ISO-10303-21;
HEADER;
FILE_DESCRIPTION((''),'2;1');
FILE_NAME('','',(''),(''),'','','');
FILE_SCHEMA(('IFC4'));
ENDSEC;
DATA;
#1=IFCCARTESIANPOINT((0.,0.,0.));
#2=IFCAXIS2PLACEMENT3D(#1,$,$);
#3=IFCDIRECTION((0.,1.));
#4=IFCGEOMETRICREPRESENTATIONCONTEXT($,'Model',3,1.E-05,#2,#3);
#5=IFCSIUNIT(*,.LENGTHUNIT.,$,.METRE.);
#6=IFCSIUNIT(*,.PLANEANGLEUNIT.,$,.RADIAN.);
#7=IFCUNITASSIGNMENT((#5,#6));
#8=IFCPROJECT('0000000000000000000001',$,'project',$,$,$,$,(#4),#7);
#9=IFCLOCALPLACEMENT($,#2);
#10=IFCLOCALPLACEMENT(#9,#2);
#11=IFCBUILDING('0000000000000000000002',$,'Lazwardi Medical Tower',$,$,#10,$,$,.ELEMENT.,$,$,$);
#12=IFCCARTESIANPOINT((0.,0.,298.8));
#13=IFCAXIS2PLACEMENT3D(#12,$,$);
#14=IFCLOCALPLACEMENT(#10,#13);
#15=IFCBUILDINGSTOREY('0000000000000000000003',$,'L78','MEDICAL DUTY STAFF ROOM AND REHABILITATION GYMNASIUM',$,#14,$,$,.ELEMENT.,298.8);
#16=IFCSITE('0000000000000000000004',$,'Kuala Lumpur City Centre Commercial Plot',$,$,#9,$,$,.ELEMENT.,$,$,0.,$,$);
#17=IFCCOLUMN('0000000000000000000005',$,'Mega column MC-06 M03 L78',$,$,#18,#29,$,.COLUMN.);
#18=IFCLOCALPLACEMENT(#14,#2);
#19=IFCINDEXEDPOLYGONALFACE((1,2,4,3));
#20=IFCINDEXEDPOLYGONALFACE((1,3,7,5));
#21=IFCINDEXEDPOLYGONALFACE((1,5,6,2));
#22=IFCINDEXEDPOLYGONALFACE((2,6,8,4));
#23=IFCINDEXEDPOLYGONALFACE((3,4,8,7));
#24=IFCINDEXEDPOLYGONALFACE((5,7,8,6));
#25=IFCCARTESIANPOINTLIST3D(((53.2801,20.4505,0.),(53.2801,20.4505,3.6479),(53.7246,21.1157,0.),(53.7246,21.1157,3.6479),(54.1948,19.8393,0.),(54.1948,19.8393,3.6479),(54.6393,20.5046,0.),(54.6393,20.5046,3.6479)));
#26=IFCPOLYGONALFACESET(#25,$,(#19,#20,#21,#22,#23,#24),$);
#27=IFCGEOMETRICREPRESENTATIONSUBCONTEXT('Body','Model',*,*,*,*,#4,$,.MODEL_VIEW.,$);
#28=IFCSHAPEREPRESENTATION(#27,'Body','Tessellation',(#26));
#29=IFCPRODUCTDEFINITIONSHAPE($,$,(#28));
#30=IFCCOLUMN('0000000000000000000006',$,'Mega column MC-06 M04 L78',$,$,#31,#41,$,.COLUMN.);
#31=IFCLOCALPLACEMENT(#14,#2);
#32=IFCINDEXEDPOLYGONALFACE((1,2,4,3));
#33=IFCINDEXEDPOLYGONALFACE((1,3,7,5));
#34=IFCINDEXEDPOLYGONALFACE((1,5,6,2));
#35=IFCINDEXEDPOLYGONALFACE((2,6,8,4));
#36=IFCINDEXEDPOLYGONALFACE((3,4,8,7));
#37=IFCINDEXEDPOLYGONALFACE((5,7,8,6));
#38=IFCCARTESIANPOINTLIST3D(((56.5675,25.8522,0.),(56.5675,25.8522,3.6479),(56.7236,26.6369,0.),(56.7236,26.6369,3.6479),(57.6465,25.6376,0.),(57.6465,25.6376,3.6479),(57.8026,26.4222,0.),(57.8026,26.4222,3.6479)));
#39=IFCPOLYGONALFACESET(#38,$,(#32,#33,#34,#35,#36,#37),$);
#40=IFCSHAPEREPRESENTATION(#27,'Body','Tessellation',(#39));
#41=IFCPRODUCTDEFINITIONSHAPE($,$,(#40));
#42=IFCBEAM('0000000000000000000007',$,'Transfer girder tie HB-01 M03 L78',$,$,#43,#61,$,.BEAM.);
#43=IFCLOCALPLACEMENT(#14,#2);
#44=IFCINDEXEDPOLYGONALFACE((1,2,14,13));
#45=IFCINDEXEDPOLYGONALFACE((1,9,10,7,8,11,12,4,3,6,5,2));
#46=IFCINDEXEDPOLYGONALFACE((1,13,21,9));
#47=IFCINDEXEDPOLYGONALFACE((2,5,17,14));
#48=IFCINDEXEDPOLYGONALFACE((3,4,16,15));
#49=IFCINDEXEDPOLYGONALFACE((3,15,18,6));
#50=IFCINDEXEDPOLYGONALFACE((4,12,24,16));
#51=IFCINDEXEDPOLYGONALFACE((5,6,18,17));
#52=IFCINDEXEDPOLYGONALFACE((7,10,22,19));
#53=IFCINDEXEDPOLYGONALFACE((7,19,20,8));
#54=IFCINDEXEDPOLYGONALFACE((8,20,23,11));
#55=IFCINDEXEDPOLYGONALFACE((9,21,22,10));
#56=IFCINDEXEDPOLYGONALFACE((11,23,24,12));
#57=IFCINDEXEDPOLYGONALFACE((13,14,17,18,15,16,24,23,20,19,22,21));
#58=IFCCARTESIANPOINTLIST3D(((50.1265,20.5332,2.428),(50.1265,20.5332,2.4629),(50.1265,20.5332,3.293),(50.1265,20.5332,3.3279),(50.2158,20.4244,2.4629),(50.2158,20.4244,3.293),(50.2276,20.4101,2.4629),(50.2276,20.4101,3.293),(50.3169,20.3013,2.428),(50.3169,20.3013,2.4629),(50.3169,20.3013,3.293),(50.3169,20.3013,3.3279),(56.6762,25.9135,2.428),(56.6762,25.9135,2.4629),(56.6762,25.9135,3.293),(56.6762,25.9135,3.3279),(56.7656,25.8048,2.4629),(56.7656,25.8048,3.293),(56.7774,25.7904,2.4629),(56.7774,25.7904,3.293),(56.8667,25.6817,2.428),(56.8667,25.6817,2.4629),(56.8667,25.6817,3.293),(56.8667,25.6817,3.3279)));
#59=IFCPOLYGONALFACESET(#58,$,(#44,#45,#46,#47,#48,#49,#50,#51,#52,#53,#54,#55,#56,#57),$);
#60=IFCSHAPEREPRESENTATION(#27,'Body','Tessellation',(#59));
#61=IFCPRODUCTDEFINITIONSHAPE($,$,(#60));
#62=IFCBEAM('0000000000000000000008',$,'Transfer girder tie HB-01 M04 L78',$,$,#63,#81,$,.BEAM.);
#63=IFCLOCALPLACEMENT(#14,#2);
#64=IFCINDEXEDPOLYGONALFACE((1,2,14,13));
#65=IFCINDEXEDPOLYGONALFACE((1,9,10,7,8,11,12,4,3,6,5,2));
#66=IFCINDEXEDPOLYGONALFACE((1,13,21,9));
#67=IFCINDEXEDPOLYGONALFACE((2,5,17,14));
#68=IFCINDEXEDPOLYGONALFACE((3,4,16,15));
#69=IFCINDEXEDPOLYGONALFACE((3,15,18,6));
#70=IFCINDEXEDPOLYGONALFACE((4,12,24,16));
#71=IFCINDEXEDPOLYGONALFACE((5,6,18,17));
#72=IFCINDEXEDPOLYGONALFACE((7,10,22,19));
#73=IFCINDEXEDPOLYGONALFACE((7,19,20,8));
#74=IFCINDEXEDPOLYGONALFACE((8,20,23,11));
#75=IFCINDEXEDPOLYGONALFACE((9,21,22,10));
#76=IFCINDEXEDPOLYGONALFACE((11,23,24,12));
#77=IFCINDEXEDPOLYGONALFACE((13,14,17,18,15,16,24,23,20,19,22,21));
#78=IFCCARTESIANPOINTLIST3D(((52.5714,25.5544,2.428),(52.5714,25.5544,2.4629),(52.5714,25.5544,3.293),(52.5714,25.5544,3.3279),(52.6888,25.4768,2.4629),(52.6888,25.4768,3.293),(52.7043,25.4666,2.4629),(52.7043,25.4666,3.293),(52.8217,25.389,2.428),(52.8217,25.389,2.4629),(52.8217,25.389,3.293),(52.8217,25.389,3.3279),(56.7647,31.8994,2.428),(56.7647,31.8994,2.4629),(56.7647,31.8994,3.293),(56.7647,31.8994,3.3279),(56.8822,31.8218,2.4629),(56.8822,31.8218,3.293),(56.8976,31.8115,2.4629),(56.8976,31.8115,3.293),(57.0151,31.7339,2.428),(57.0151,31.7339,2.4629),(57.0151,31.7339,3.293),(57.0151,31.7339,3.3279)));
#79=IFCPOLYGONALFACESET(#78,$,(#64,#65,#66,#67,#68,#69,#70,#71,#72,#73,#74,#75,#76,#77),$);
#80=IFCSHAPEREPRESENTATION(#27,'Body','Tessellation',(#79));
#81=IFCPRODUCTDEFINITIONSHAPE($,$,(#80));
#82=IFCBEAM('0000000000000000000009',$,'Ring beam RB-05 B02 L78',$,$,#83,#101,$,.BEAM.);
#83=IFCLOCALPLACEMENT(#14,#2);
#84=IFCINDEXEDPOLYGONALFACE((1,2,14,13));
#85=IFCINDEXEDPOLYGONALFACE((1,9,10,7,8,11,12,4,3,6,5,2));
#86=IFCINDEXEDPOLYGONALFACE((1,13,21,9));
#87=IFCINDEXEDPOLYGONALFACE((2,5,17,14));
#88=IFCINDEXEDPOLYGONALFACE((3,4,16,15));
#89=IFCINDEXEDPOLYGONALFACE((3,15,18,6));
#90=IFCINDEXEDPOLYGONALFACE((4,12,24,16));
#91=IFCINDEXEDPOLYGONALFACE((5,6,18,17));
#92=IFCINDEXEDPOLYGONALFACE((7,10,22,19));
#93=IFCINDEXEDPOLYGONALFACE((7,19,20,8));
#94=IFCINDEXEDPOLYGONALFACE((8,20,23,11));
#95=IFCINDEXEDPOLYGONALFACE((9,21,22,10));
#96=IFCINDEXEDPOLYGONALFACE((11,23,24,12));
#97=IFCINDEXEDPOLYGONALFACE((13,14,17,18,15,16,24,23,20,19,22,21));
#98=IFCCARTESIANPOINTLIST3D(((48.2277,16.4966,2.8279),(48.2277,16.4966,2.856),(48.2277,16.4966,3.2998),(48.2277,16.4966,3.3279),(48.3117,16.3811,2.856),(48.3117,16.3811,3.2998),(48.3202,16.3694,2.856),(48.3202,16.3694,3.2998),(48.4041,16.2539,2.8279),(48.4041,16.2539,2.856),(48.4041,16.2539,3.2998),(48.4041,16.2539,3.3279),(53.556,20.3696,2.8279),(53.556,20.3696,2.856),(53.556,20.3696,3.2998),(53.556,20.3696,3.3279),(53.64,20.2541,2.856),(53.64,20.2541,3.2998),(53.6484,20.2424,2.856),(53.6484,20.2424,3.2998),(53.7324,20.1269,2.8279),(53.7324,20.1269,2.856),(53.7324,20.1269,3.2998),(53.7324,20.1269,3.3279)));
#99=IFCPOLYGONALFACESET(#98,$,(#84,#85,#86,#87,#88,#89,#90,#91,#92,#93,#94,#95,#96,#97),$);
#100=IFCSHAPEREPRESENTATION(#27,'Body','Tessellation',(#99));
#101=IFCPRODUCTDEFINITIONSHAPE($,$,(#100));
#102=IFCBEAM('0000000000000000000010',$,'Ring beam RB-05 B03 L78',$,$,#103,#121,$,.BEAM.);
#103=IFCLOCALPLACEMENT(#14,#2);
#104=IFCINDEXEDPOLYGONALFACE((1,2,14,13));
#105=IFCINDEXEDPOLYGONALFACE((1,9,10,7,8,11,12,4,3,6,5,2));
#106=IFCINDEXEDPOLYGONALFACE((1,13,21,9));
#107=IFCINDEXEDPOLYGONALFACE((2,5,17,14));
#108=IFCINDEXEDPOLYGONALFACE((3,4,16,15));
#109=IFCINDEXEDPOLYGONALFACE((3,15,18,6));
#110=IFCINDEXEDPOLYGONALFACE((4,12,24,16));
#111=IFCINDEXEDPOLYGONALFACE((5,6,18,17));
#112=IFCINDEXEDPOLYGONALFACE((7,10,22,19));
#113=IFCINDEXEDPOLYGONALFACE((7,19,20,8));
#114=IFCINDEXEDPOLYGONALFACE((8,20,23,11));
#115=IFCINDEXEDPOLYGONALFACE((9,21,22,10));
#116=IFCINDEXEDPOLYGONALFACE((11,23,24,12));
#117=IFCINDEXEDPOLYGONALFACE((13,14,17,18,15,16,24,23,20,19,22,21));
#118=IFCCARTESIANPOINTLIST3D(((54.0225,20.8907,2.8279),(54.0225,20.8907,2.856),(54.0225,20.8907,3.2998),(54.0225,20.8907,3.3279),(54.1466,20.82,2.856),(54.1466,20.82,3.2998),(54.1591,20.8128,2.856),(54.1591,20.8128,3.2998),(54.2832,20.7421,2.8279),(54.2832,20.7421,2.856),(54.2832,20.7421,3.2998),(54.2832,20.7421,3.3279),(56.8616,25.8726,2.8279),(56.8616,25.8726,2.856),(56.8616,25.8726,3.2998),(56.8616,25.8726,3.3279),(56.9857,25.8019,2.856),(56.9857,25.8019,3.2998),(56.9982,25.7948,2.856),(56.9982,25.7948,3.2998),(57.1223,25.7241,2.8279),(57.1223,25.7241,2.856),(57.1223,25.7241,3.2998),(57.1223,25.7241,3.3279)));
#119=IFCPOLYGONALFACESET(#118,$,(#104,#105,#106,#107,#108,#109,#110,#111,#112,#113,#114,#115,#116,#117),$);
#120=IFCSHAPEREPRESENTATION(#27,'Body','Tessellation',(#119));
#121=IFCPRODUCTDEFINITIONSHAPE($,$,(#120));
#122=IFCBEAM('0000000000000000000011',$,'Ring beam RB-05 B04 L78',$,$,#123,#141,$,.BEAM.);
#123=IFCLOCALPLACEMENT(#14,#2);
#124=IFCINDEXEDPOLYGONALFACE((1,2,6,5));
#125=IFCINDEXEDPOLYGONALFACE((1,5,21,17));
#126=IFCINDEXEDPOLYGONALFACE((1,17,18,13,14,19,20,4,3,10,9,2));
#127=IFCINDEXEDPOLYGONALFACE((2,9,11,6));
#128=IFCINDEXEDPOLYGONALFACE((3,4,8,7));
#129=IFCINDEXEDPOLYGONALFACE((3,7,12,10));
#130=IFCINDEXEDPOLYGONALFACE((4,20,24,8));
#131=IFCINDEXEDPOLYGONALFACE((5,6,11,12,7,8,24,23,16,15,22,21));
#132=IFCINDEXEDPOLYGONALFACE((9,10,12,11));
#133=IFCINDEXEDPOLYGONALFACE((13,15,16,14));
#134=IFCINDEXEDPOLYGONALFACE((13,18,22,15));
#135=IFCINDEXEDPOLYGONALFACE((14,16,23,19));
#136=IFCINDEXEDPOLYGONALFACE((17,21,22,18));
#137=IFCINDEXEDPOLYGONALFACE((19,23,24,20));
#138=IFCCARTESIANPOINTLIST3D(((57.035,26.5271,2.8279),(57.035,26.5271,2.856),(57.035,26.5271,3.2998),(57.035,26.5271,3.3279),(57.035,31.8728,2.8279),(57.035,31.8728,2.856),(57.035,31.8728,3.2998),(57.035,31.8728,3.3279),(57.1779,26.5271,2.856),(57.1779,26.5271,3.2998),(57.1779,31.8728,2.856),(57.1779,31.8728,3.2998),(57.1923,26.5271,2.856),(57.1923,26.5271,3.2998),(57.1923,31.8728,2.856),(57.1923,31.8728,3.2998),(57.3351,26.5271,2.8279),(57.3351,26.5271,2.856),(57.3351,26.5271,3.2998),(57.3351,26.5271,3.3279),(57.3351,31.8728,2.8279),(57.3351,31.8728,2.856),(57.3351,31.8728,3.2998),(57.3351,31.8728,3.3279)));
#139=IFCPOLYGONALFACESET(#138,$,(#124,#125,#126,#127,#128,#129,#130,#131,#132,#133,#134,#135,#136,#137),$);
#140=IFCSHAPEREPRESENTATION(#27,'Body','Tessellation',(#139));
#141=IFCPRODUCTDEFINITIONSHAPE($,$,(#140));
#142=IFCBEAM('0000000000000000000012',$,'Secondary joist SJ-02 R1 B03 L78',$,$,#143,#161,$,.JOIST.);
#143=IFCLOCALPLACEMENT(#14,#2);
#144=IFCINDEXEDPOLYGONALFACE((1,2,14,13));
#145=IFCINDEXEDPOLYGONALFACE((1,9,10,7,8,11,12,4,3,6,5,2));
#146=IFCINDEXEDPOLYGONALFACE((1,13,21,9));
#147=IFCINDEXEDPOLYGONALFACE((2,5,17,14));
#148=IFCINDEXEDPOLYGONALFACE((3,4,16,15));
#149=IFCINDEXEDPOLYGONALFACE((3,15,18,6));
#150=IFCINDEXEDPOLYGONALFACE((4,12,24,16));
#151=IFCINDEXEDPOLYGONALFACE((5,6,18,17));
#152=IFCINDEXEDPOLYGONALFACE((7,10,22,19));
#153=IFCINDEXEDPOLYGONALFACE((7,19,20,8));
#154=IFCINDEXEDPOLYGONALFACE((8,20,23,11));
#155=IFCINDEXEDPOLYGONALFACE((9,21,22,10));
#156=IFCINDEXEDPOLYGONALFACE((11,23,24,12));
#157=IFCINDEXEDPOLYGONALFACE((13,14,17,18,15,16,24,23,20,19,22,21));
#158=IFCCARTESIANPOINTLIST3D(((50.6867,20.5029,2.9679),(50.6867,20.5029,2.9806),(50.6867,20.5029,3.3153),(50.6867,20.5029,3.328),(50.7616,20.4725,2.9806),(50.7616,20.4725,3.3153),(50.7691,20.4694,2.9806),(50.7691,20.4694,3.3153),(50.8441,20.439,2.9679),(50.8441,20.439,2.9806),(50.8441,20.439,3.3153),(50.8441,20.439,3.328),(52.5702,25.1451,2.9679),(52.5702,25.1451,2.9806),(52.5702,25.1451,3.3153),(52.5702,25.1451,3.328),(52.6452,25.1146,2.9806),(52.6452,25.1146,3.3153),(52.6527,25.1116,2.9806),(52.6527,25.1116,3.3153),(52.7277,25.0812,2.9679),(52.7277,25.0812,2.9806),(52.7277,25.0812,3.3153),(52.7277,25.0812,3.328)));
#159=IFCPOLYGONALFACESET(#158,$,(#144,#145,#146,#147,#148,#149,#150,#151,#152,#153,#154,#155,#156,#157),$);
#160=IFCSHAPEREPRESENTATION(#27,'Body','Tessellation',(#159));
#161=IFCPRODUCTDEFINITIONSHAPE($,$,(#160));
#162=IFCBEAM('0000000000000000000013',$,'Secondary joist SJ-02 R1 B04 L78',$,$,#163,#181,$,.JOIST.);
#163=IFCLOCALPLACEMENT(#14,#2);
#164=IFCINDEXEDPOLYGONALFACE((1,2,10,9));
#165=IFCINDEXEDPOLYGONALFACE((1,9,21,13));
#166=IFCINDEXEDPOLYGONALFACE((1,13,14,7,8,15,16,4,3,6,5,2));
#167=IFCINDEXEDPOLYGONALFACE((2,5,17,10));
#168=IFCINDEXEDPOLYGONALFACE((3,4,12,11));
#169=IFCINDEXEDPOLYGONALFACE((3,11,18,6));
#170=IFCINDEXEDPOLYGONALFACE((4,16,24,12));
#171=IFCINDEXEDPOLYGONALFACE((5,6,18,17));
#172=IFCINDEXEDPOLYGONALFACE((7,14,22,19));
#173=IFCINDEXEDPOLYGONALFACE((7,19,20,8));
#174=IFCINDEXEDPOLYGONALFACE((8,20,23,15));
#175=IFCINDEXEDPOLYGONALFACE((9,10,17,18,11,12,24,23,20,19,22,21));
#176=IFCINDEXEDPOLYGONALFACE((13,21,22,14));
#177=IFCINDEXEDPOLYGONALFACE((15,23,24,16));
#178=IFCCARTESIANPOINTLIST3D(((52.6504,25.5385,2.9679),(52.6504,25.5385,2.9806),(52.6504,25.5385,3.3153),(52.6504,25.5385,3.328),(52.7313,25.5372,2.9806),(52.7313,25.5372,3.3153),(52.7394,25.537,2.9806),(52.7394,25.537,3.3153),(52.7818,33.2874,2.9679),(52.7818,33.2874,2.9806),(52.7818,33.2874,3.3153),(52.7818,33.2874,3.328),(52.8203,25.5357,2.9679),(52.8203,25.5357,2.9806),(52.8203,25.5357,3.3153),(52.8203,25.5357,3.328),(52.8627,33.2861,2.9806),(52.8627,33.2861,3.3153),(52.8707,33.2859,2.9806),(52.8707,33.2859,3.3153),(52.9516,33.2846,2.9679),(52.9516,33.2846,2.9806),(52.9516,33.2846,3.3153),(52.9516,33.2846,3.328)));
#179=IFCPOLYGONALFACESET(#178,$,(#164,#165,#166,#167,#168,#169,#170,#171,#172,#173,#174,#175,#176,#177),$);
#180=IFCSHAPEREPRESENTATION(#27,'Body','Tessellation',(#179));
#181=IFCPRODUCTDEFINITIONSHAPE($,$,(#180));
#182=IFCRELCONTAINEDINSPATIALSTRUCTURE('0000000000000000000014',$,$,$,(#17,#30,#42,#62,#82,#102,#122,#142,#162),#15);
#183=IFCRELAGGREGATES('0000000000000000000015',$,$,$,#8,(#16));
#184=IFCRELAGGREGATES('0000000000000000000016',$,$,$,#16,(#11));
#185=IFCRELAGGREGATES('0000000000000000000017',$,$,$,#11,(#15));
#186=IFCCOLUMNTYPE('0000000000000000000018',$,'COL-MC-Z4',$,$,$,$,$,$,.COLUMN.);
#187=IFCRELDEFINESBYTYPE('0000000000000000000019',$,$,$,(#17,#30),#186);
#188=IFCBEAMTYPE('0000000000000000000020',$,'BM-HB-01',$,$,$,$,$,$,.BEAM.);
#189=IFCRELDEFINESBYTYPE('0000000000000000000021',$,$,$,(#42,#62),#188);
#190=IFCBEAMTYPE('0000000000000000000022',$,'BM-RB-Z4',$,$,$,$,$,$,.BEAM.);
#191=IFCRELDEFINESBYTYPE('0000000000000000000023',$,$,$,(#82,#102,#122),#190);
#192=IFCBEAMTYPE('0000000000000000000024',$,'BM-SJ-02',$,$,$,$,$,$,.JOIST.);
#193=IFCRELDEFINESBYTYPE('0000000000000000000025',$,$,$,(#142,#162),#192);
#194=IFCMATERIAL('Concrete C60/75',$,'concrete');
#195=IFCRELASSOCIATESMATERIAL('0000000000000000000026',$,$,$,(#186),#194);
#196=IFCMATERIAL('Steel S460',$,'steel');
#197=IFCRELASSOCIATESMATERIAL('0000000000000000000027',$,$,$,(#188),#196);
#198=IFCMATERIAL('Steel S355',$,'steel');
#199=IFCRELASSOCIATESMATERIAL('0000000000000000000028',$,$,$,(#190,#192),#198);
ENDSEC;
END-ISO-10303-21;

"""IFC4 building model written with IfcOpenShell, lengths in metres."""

from ifc_helpers import new_model, si_unit, direction, frame, origin, origin_2d, place, context, subcontext, project, spatial, rectangle, i_section, extrude, material, material_profile, profile_set, type_object, element, save


model = new_model("IFC4")

# Units and contexts
model_context = context("Model", 3, precision=1e-05, world=origin(), true_north=direction((0.0, 1.0)))
body_context = subcontext(model_context, "Body", "Model", "MODEL_VIEW")
ifc_project = project(units=[si_unit("LENGTHUNIT", "METRE"), si_unit("PLANEANGLEUNIT", "RADIAN")], contexts=[model_context])

# Site, building, storey
site_placement = place(None, origin())
site = spatial("IfcSite", under=ifc_project, at=site_placement, Name="Kuala Lumpur City Centre Commercial Plot", CompositionType="ELEMENT", RefElevation=0.0)
building_placement = place(site_placement, origin())
building = spatial("IfcBuilding", under=site, at=building_placement, Name="Lazwardi Medical Tower", CompositionType="ELEMENT")
storey_placement = place(building_placement, frame((0.0, 0.0, 298.8)))
storey = spatial("IfcBuildingStorey", under=building, at=storey_placement, Name="L78", Description="MEDICAL DUTY STAFF ROOM AND REHABILITATION GYMNASIUM", CompositionType="ELEMENT", Elevation=298.8)

# Columns
ifc_material_1 = material(Name="Concrete C60/75", Category="concrete")
ifc_material_profile_1 = material_profile(ifc_material_1, rectangle(XDim=1.1001, YDim=0.8, at=origin_2d()), Name="CFT-RECT 1100x800")
ifc_profile_set_1 = profile_set([ifc_material_profile_1], Name="Concrete C60/75")
column_type = type_object("IfcColumnType", Name="COL-MC-Z4", PredefinedType="COLUMN", material=ifc_profile_set_1)
for number, where, z_axis, x_axis, name in (
    (1, (53.9597, 20.4775, 0.0), (0.0, 0.0, 1.0), (0.83147, -0.55557, 0.0), "Mega column MC-06 M03 L78"),
    (2, (57.1851, 26.1372, 0.0), (0.0, 0.0, 1.0), (0.980785, -0.19509, 0.0), "Mega column MC-06 M04 L78"),
):
    element("IfcColumn", number, at=place(storey_placement, frame(where, z_axis=z_axis, x_axis=x_axis)), inside=storey, type_object=column_type, Name=name, PredefinedType="COLUMN", context=body_context, shape_type="SweptSolid", body=[
        extrude(rectangle(XDim=1.1001, YDim=0.8, at=origin_2d()), origin(), (0.0, 0.0, 1.0), 3.6479),
    ])

# Beams
ifc_material_2 = material(Name="Steel S460", Category="steel")
ifc_material_profile_2 = material_profile(ifc_material_2, i_section(OverallWidth=0.3, OverallDepth=0.8999, WebThickness=0.0186, FlangeThickness=0.0349, at=origin_2d()), Name="HEB 900")
ifc_profile_set_2 = profile_set([ifc_material_profile_2], Name="Steel S460")
beam_type_1 = type_object("IfcBeamType", Name="BM-HB-01", PredefinedType="BEAM", material=ifc_profile_set_2)
beam_1_placement = place(storey_placement, frame((50.2217, 20.4172, 2.8779), z_axis=(0.772716, 0.634752, 0.0), x_axis=(-0.634752, 0.772716, 0.0)))
element("IfcBeam", 3, at=beam_1_placement, inside=storey, type_object=beam_type_1, Name="Transfer girder tie HB-01 M03 L78", PredefinedType="BEAM", context=body_context, shape_type="SweptSolid", body=[
    extrude(i_section(OverallWidth=0.3, OverallDepth=0.8999, WebThickness=0.0186, FlangeThickness=0.0349, at=origin_2d()), origin(), (0.0, 0.0, 1.0), 8.4763),
])
beam_2_placement = place(storey_placement, frame((52.6965, 25.4717, 2.8779), z_axis=(0.551362, 0.834266, 0.0), x_axis=(-0.834266, 0.551362, 0.0)))
element("IfcBeam", 4, at=beam_2_placement, inside=storey, type_object=beam_type_1, Name="Transfer girder tie HB-01 M04 L78", PredefinedType="BEAM", context=body_context, shape_type="SweptSolid", body=[
    extrude(i_section(OverallWidth=0.3, OverallDepth=0.8999, WebThickness=0.0186, FlangeThickness=0.0349, at=origin_2d()), origin(), (0.0, 0.0, 1.0), 7.6055),
])
ifc_material_3 = material(Name="Steel S355", Category="steel")
ifc_material_profile_3 = material_profile(ifc_material_3, i_section(OverallWidth=0.3, OverallDepth=0.5, WebThickness=0.0144, FlangeThickness=0.0281, at=origin_2d()), Name="HEB 500")
ifc_profile_set_3 = profile_set([ifc_material_profile_3], Name="Steel S355")
beam_type_2 = type_object("IfcBeamType", Name="BM-RB-Z4", PredefinedType="BEAM", material=ifc_profile_set_3)
beam_3_placement = place(storey_placement, frame((48.3159, 16.3752, 3.0779), z_axis=(0.80889, 0.58796, 0.0), x_axis=(-0.58796, 0.80889, 0.0)))
element("IfcBeam", 5, at=beam_3_placement, inside=storey, type_object=beam_type_2, Name="Ring beam RB-05 B02 L78", PredefinedType="BEAM", context=body_context, shape_type="SweptSolid", body=[
    extrude(i_section(OverallWidth=0.3, OverallDepth=0.5, WebThickness=0.0144, FlangeThickness=0.0281, at=origin_2d()), origin(), (0.0, 0.0, 1.0), 6.5872),
])
beam_4_placement = place(storey_placement, frame((54.1528, 20.8164, 3.0779), z_axis=(0.495125, 0.868822, 0.0), x_axis=(-0.868822, 0.495125, 0.0)))
element("IfcBeam", 6, at=beam_4_placement, inside=storey, type_object=beam_type_2, Name="Ring beam RB-05 B03 L78", PredefinedType="BEAM", context=body_context, shape_type="SweptSolid", body=[
    extrude(i_section(OverallWidth=0.3, OverallDepth=0.5, WebThickness=0.0144, FlangeThickness=0.0281, at=origin_2d()), origin(), (0.0, 0.0, 1.0), 5.7341),
])
beam_5_placement = place(storey_placement, frame((57.1851, 26.5271, 3.0779), z_axis=(0.0, 1.0, 0.0), x_axis=(-1.0, 0.0, 0.0)))
element("IfcBeam", 7, at=beam_5_placement, inside=storey, type_object=beam_type_2, Name="Ring beam RB-05 B04 L78", PredefinedType="BEAM", context=body_context, shape_type="SweptSolid", body=[
    extrude(i_section(OverallWidth=0.3, OverallDepth=0.5, WebThickness=0.0144, FlangeThickness=0.0281, at=origin_2d()), origin(), (0.0, 0.0, 1.0), 5.3457),
])
ifc_material_profile_4 = material_profile(ifc_material_3, i_section(OverallWidth=0.1699, OverallDepth=0.3601, WebThickness=0.0081, FlangeThickness=0.0127, at=origin_2d()), Name="IPE 360")
ifc_profile_set_4 = profile_set([ifc_material_profile_4], Name="Steel S355")
beam_type_3 = type_object("IfcBeamType", Name="BM-SJ-02", PredefinedType="JOIST", material=ifc_profile_set_4)
beam_6_placement = place(storey_placement, frame((50.7654, 20.4709, 3.1479), z_axis=(0.375982, 0.926627, 0.0), x_axis=(-0.926627, 0.375982, 0.0)))
element("IfcBeam", 8, at=beam_6_placement, inside=storey, type_object=beam_type_3, Name="Secondary joist SJ-02 R1 B03 L78", PredefinedType="JOIST", context=body_context, shape_type="SweptSolid", body=[
    extrude(i_section(OverallWidth=0.1699, OverallDepth=0.3601, WebThickness=0.0081, FlangeThickness=0.0127, at=origin_2d()), origin(), (0.0, 0.0, 1.0), 5.0098),
])
beam_7_placement = place(storey_placement, frame((52.7354, 25.5371, 3.1479), z_axis=(0.016948, 0.999856, 0.0), x_axis=(-0.999856, 0.016948, 0.0)))
element("IfcBeam", 9, at=beam_7_placement, inside=storey, type_object=beam_type_3, Name="Secondary joist SJ-02 R1 B04 L78", PredefinedType="JOIST", context=body_context, shape_type="SweptSolid", body=[
    extrude(i_section(OverallWidth=0.1699, OverallDepth=0.3601, WebThickness=0.0081, FlangeThickness=0.0127, at=origin_2d()), origin(), (0.0, 0.0, 1.0), 7.75),
])

save(model, "model.ifc")
